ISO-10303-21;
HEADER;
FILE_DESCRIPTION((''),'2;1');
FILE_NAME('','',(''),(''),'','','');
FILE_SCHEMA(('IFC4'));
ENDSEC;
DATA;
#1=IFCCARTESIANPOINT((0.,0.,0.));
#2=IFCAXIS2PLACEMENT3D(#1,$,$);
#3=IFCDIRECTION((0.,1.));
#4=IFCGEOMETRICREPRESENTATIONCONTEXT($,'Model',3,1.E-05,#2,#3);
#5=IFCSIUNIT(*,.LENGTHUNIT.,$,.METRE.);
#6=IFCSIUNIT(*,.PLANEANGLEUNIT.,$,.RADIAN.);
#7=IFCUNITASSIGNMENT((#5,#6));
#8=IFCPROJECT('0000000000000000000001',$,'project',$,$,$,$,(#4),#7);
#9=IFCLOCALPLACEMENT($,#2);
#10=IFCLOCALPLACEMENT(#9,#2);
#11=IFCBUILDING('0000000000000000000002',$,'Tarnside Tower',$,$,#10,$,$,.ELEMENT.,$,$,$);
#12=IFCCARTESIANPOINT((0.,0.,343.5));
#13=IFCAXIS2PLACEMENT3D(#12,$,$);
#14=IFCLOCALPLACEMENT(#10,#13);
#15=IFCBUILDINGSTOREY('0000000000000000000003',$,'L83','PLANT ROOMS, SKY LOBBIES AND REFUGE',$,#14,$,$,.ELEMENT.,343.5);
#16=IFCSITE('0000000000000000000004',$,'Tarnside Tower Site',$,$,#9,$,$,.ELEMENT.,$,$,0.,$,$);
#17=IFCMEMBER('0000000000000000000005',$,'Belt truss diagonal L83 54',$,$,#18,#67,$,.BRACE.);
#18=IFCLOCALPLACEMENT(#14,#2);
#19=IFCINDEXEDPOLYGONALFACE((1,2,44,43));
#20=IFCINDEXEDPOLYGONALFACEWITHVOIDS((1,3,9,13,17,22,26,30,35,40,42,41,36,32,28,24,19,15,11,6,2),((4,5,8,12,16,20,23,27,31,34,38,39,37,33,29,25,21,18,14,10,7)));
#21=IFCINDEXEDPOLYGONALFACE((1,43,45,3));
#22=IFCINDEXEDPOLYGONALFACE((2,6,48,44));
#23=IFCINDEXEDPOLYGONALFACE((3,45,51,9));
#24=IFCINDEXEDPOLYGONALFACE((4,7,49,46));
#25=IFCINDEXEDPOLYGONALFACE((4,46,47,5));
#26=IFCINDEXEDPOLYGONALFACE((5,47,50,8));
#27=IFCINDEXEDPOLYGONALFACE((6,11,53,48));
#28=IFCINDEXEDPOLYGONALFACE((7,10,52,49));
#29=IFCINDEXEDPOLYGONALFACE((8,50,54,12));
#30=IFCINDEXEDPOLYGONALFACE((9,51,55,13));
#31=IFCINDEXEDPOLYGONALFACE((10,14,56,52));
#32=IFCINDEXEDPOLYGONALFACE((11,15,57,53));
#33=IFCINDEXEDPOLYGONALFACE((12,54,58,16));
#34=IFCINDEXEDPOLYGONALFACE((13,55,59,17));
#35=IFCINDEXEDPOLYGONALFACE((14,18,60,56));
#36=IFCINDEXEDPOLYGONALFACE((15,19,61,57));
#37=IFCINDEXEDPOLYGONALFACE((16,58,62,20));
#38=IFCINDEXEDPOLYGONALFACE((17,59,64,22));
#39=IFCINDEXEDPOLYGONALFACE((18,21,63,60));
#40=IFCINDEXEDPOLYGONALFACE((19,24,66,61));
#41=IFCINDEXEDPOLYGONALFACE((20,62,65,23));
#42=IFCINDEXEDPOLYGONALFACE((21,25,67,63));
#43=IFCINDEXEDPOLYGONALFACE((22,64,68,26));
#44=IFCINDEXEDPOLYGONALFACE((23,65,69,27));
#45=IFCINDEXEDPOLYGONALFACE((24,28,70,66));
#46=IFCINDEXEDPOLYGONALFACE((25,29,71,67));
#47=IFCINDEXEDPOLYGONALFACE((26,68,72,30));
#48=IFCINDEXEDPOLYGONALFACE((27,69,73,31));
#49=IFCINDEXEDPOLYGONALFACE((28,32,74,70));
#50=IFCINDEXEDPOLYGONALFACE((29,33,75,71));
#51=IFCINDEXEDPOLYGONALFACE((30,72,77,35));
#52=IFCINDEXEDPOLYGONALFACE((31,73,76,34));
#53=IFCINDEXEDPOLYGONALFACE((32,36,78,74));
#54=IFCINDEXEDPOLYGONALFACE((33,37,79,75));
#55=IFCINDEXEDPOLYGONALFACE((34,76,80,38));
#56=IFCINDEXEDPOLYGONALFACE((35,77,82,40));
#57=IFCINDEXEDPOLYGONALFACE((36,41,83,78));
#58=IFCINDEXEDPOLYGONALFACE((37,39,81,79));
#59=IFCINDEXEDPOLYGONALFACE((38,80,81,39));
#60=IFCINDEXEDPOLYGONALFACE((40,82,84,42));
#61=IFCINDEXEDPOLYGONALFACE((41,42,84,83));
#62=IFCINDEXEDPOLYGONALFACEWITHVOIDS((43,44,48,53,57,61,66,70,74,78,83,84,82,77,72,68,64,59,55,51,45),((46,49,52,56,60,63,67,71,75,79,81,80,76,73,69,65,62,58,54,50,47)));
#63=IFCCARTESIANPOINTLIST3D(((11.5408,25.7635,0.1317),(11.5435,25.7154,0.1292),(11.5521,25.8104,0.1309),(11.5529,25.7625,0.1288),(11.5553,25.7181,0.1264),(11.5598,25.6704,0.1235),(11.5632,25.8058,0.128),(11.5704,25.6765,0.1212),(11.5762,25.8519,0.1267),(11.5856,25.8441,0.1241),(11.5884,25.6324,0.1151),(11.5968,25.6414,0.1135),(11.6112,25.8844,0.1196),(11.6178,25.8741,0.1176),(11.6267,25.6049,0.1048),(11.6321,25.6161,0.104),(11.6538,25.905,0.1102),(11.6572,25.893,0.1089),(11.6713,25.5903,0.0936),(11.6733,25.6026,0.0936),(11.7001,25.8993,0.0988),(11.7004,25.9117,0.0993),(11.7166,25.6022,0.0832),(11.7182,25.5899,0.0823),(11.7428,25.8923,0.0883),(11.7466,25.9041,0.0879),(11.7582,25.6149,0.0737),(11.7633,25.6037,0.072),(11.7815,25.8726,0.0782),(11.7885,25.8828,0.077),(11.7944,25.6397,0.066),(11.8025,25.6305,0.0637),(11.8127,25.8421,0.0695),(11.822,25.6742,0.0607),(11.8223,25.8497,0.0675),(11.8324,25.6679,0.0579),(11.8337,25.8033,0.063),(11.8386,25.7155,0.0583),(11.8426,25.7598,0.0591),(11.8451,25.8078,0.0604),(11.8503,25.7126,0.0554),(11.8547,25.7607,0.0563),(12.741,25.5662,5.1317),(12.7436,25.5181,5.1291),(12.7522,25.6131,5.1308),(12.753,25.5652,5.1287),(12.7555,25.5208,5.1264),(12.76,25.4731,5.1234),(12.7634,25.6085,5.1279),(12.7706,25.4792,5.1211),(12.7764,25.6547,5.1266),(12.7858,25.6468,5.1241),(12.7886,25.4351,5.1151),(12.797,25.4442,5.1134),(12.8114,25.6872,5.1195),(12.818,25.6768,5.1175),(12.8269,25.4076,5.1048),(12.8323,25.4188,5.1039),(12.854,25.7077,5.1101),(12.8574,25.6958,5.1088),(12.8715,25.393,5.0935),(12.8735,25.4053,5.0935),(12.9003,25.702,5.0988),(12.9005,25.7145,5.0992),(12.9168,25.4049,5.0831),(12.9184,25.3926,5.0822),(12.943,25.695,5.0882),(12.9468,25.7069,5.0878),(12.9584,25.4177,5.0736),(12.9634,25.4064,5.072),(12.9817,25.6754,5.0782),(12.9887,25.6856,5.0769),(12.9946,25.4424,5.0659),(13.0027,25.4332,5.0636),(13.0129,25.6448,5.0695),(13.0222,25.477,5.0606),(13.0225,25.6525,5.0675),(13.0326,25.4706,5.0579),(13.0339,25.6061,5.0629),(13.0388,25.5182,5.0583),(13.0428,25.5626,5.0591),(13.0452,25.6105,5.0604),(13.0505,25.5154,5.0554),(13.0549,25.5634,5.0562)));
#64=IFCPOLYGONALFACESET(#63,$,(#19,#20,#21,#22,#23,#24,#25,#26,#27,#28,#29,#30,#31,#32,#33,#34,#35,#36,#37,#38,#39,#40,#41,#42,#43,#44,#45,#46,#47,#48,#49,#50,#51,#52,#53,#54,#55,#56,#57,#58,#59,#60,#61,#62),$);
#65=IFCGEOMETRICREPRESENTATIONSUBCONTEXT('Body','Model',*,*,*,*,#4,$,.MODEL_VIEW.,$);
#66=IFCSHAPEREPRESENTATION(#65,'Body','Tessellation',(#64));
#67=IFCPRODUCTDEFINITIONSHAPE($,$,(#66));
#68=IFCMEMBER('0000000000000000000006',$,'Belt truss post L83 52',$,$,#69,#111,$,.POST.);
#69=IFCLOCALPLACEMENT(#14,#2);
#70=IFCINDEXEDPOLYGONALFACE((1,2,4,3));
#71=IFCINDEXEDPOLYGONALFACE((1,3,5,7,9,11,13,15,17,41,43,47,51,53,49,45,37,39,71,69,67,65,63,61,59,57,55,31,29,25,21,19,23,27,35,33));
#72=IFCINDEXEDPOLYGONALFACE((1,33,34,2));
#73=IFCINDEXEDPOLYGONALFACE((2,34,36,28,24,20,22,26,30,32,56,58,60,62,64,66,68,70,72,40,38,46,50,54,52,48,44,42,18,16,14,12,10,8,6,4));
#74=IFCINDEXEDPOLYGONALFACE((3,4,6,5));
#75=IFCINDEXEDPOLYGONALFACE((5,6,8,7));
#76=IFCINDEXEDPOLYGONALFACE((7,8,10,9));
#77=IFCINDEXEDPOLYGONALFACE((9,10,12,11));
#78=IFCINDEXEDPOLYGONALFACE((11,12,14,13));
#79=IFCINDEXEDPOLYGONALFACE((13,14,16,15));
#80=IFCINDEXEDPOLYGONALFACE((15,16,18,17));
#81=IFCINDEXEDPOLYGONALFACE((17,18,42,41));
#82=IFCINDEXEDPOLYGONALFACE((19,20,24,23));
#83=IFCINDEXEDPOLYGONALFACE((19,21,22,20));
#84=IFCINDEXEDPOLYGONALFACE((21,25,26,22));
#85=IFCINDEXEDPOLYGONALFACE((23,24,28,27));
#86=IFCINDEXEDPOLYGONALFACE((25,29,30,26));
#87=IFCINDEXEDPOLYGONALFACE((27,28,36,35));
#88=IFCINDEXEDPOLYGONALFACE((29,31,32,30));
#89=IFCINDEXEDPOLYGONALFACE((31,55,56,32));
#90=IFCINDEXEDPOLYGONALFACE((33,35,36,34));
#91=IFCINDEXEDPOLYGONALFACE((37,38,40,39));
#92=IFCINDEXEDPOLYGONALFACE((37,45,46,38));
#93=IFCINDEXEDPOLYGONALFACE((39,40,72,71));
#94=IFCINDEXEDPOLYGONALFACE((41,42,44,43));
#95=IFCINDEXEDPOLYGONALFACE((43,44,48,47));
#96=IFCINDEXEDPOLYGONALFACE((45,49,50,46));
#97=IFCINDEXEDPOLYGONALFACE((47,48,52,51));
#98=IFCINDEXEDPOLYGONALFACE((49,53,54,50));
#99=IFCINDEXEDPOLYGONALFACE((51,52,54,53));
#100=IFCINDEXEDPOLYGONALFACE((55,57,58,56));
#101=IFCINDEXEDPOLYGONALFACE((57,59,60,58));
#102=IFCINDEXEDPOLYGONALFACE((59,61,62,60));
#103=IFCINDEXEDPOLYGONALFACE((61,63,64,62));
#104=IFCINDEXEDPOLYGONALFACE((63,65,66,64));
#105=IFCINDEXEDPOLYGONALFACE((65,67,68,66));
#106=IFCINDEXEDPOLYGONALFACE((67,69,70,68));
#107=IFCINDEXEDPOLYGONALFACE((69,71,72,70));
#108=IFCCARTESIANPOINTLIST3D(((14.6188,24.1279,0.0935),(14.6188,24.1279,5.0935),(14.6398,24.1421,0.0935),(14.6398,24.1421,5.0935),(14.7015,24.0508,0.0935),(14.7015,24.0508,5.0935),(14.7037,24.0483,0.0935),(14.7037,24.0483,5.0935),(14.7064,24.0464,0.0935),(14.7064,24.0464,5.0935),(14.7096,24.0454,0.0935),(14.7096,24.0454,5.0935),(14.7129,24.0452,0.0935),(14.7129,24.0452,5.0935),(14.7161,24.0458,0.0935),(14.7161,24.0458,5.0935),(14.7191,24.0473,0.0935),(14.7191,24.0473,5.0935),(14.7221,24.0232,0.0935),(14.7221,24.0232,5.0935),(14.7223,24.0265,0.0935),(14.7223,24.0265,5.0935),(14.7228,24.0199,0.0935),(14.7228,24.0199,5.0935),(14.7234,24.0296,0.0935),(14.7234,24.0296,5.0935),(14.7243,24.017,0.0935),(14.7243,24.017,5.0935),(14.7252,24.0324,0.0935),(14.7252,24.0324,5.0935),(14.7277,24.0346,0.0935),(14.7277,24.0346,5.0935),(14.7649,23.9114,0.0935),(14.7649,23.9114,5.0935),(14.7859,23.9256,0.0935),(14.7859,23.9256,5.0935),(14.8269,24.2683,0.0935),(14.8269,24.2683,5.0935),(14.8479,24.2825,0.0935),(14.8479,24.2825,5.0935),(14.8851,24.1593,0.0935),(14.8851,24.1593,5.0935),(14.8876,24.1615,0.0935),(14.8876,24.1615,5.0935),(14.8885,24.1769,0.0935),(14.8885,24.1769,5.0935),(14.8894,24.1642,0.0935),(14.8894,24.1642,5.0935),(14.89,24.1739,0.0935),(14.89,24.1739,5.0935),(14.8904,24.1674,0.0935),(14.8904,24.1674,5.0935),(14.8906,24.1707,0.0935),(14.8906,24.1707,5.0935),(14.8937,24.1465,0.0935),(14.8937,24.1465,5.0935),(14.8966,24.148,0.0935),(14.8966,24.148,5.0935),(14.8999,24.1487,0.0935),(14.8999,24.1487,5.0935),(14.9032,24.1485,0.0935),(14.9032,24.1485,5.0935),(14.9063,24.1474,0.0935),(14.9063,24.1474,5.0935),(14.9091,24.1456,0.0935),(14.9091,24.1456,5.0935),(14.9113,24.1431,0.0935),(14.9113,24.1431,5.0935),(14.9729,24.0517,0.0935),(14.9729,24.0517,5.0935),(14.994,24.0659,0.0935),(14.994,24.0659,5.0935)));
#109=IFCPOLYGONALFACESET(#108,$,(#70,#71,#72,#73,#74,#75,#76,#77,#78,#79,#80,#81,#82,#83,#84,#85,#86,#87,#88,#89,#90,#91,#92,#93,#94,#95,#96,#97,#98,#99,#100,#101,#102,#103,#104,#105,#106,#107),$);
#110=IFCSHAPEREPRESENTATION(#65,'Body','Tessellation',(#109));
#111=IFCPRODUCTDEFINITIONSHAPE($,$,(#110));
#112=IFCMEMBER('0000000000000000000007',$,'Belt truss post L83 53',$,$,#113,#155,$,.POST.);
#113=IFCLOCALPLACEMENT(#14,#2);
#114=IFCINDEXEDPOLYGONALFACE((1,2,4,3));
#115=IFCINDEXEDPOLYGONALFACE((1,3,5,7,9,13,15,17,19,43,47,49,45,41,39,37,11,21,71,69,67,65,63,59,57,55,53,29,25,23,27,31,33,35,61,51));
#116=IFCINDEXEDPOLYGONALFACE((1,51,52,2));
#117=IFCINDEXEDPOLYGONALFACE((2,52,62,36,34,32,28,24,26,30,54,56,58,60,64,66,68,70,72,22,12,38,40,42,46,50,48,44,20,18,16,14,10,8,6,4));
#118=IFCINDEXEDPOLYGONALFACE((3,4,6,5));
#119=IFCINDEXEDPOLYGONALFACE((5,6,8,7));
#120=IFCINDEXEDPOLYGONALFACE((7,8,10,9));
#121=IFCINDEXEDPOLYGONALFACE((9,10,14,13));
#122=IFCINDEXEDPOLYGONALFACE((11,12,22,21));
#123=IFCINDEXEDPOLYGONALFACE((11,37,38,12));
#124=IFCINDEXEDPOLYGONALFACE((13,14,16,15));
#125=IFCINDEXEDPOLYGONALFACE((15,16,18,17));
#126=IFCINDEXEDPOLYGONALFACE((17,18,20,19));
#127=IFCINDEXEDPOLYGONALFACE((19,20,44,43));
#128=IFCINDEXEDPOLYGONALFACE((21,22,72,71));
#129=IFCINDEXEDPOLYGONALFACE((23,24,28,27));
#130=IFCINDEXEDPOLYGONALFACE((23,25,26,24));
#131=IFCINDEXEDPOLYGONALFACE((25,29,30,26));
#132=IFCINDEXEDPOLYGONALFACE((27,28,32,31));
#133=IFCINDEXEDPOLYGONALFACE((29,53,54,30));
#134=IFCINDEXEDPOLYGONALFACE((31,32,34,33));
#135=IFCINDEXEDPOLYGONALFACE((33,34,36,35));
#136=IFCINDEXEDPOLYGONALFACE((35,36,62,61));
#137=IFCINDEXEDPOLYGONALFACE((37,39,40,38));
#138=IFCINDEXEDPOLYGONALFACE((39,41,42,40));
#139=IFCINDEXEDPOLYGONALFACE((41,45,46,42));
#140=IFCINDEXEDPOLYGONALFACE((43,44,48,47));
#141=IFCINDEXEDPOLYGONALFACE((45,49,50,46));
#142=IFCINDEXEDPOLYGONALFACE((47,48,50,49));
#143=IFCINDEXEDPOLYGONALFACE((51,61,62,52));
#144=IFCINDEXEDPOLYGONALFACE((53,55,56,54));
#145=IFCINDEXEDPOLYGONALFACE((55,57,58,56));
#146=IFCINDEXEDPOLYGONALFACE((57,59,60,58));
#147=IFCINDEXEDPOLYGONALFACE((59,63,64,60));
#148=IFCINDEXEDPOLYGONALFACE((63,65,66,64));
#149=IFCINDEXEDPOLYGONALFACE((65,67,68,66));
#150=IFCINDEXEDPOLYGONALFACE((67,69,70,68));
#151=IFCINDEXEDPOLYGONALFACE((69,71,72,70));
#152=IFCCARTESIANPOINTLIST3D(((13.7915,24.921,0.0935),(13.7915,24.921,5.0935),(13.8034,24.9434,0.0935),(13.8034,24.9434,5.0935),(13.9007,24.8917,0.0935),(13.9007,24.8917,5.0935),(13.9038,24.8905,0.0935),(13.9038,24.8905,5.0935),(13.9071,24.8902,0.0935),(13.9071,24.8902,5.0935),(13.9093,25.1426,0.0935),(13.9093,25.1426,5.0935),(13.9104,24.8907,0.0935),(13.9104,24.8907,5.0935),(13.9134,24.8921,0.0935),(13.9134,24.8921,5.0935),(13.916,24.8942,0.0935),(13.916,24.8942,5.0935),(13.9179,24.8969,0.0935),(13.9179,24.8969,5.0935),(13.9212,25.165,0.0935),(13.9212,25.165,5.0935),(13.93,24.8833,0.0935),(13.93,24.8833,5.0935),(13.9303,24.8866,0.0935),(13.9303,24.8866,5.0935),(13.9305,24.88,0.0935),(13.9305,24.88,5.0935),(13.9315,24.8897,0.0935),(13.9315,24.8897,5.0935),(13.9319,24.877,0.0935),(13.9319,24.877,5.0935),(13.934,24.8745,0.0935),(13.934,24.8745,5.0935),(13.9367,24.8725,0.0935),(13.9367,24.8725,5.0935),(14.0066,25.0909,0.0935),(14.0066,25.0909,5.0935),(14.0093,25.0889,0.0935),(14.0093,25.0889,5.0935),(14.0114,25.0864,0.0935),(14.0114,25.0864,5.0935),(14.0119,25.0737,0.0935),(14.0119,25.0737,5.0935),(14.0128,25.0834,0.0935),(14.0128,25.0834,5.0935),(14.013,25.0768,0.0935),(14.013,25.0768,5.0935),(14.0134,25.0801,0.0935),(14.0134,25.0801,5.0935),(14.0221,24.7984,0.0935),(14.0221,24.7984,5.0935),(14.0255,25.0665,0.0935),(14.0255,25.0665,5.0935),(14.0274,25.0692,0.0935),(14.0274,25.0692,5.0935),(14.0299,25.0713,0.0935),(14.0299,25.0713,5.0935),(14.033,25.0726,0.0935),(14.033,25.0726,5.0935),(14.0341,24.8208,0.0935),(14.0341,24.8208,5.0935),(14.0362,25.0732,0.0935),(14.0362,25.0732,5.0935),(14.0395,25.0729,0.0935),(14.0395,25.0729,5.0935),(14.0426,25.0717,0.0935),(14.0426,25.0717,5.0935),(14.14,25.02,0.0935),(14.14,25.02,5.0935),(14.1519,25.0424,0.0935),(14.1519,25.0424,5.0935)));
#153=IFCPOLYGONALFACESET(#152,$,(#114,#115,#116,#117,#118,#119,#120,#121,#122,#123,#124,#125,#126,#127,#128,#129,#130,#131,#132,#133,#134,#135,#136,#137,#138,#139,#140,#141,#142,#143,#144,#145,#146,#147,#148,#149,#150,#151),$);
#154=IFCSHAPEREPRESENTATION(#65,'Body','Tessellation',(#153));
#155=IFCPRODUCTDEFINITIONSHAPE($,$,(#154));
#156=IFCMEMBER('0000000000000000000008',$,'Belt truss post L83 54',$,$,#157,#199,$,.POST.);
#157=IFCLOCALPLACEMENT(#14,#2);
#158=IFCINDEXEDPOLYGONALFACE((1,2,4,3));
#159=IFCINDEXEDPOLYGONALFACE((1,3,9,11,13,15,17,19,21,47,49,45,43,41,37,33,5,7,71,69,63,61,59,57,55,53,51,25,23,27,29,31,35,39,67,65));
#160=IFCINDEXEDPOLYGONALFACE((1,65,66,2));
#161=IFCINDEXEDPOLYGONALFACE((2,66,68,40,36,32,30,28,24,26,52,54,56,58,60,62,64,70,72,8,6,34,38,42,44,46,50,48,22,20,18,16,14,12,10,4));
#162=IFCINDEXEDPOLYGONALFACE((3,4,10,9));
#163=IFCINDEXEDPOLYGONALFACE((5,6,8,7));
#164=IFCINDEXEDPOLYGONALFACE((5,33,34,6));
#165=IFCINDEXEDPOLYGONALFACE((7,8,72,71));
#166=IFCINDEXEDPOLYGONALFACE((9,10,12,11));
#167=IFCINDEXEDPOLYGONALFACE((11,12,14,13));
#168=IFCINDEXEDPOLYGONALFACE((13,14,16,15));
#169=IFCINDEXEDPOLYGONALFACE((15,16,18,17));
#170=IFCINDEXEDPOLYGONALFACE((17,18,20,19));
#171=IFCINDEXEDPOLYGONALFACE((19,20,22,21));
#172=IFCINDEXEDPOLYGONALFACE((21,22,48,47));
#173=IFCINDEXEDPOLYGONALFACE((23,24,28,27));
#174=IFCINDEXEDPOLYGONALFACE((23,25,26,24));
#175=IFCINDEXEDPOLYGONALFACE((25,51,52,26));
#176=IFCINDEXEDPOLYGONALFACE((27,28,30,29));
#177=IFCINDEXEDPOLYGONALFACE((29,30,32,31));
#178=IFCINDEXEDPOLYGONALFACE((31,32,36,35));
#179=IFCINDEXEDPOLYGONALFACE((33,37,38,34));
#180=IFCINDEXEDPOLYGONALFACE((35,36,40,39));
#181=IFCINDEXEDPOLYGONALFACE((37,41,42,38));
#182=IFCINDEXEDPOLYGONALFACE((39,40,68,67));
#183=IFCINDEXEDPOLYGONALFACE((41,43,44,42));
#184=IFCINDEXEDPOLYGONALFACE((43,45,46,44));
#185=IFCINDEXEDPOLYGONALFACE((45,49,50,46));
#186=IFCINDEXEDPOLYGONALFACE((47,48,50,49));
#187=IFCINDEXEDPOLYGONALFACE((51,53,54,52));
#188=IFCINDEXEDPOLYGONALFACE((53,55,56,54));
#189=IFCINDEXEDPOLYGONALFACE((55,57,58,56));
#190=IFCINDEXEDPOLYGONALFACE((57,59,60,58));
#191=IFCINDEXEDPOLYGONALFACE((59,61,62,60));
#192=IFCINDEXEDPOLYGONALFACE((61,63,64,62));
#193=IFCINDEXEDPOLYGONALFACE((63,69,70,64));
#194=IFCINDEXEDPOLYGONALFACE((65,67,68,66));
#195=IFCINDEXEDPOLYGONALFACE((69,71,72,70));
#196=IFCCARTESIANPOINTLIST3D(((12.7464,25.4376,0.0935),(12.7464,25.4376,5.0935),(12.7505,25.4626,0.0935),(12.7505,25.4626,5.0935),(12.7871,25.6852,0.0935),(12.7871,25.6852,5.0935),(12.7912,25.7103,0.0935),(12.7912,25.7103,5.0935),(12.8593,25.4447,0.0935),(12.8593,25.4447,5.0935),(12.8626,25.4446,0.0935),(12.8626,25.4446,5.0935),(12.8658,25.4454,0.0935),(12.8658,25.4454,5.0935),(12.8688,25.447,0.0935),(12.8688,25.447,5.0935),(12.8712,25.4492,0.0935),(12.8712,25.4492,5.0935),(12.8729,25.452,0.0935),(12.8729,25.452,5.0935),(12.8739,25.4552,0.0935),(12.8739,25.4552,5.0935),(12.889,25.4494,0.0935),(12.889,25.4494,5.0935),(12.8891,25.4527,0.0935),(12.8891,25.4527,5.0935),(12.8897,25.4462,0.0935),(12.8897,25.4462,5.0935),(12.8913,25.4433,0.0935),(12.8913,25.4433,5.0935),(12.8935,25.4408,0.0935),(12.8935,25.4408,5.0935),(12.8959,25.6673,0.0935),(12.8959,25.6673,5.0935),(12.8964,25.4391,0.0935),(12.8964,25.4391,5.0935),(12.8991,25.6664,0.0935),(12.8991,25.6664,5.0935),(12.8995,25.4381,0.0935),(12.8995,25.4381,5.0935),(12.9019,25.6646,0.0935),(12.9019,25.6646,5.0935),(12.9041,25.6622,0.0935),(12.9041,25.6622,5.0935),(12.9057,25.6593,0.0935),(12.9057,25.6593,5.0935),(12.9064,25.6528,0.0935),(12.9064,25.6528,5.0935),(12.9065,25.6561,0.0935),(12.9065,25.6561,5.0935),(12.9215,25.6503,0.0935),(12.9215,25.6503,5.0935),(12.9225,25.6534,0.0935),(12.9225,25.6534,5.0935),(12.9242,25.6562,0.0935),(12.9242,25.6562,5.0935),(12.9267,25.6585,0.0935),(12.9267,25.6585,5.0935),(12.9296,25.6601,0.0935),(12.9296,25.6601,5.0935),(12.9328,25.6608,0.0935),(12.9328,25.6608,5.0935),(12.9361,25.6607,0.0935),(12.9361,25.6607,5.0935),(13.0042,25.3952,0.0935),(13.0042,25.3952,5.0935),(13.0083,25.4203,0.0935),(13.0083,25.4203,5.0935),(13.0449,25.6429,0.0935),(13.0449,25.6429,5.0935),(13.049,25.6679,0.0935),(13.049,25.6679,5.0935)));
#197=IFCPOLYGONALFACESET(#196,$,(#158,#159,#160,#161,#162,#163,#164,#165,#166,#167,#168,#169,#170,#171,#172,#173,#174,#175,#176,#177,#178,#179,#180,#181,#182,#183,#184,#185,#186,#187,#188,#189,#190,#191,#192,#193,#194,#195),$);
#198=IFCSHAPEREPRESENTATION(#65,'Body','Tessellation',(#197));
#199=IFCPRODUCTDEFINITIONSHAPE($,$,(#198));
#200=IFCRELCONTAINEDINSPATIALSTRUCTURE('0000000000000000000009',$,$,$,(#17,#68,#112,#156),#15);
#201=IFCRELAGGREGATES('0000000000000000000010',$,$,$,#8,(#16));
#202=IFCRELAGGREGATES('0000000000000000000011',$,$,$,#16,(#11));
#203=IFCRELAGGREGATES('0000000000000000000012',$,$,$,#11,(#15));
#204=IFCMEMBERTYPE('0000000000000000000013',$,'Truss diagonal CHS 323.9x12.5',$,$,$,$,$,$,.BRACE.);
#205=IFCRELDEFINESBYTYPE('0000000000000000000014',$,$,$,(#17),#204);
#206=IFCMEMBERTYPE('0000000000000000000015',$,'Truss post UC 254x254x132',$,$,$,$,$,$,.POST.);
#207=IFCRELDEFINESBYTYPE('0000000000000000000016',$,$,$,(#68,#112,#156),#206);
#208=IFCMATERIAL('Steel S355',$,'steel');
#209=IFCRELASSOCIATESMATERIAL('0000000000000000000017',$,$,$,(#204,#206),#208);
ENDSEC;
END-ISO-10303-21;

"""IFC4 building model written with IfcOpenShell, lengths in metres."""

from ifc_helpers import new_model, si_unit, direction, frame, origin, origin_2d, place, context, subcontext, project, spatial, hollow_circle, i_section, extrude, material, material_profile, profile_set, type_object, element, save


model = new_model("IFC4")

# Units and contexts
model_context = context("Model", 3, precision=1e-05, world=origin(), true_north=direction((0.0, 1.0)))
body_context = subcontext(model_context, "Body", "Model", "MODEL_VIEW")
ifc_project = project(units=[si_unit("LENGTHUNIT", "METRE"), si_unit("PLANEANGLEUNIT", "RADIAN")], contexts=[model_context])

# Site, building, storey
site_placement = place(None, origin())
site = spatial("IfcSite", under=ifc_project, at=site_placement, Name="Tarnside Tower Site", CompositionType="ELEMENT", RefElevation=0.0)
building_placement = place(site_placement, origin())
building = spatial("IfcBuilding", under=site, at=building_placement, Name="Tarnside Tower", CompositionType="ELEMENT")
storey_placement = place(building_placement, frame((0.0, 0.0, 343.5)))
storey = spatial("IfcBuildingStorey", under=building, at=storey_placement, Name="L83", Description="PLANT ROOMS, SKY LOBBIES AND REFUGE", CompositionType="ELEMENT", Elevation=343.5)

# Shared definitions
ifc_material_1 = material(Name="Steel S355", Category="steel")

# Members
ifc_material_profile_1 = material_profile(ifc_material_1, hollow_circle(Radius=0.1619, WallThickness=0.0125, at=origin_2d()), Name="CHS 323.9x12.5")
ifc_profile_set_1 = profile_set([ifc_material_profile_1], Name="Steel S355")
member_type_1 = type_object("IfcMemberType", Name="Truss diagonal CHS 323.9x12.5", PredefinedType="BRACE", material=ifc_profile_set_1)
for number, where, z_axis, x_axis, name in (
    (1, (12.8977, 25.5527, 5.0935), (-0.233237, 0.038335, -0.971664), (-0.162185, -0.98676, 0.0), "Belt truss diagonal L83 54"),
):
    element("IfcMember", number, at=place(storey_placement, frame(where, z_axis=z_axis, x_axis=x_axis)), inside=storey, type_object=member_type_1, Name=name, PredefinedType="BRACE", context=body_context, shape_type="SweptSolid", body=[
        extrude(hollow_circle(Radius=0.1619, WallThickness=0.0125, at=origin_2d()), origin(), (0.0, 0.0, 1.0), 5.1458),
    ])
ifc_material_profile_2 = material_profile(ifc_material_1, i_section(OverallWidth=0.2612, OverallDepth=0.2764, WebThickness=0.0154, FlangeThickness=0.0254, FilletRadius=0.0127, at=origin_2d()), Name="UC 254x254x132")
ifc_profile_set_2 = profile_set([ifc_material_profile_2], Name="Steel S355")
member_type_2 = type_object("IfcMemberType", Name="Truss post UC 254x254x132", PredefinedType="POST", material=ifc_profile_set_2)
for number, where, z_axis, x_axis, name in (
    (2, (14.8064, 24.0969, 0.0935), (0.0, 0.0, 1.0), (-0.559193, 0.829038, 0.0), "Belt truss post L83 52"),
    (3, (13.9717, 24.9817, 0.0935), (0.0, 0.0, 1.0), (-0.882948, 0.469472, 0.0), "Belt truss post L83 53"),
    (4, (12.8977, 25.5527, 0.0935), (0.0, 0.0, 1.0), (-0.986762, 0.162178, 0.0), "Belt truss post L83 54"),
):
    element("IfcMember", number, at=place(storey_placement, frame(where, z_axis=z_axis, x_axis=x_axis)), inside=storey, type_object=member_type_2, Name=name, PredefinedType="POST", context=body_context, shape_type="SweptSolid", body=[
        extrude(i_section(OverallWidth=0.2612, OverallDepth=0.2764, WebThickness=0.0154, FlangeThickness=0.0254, FilletRadius=0.0127, at=origin_2d()), origin(), (0.0, 0.0, 1.0), 5.0),
    ])

save(model, "model.ifc")
